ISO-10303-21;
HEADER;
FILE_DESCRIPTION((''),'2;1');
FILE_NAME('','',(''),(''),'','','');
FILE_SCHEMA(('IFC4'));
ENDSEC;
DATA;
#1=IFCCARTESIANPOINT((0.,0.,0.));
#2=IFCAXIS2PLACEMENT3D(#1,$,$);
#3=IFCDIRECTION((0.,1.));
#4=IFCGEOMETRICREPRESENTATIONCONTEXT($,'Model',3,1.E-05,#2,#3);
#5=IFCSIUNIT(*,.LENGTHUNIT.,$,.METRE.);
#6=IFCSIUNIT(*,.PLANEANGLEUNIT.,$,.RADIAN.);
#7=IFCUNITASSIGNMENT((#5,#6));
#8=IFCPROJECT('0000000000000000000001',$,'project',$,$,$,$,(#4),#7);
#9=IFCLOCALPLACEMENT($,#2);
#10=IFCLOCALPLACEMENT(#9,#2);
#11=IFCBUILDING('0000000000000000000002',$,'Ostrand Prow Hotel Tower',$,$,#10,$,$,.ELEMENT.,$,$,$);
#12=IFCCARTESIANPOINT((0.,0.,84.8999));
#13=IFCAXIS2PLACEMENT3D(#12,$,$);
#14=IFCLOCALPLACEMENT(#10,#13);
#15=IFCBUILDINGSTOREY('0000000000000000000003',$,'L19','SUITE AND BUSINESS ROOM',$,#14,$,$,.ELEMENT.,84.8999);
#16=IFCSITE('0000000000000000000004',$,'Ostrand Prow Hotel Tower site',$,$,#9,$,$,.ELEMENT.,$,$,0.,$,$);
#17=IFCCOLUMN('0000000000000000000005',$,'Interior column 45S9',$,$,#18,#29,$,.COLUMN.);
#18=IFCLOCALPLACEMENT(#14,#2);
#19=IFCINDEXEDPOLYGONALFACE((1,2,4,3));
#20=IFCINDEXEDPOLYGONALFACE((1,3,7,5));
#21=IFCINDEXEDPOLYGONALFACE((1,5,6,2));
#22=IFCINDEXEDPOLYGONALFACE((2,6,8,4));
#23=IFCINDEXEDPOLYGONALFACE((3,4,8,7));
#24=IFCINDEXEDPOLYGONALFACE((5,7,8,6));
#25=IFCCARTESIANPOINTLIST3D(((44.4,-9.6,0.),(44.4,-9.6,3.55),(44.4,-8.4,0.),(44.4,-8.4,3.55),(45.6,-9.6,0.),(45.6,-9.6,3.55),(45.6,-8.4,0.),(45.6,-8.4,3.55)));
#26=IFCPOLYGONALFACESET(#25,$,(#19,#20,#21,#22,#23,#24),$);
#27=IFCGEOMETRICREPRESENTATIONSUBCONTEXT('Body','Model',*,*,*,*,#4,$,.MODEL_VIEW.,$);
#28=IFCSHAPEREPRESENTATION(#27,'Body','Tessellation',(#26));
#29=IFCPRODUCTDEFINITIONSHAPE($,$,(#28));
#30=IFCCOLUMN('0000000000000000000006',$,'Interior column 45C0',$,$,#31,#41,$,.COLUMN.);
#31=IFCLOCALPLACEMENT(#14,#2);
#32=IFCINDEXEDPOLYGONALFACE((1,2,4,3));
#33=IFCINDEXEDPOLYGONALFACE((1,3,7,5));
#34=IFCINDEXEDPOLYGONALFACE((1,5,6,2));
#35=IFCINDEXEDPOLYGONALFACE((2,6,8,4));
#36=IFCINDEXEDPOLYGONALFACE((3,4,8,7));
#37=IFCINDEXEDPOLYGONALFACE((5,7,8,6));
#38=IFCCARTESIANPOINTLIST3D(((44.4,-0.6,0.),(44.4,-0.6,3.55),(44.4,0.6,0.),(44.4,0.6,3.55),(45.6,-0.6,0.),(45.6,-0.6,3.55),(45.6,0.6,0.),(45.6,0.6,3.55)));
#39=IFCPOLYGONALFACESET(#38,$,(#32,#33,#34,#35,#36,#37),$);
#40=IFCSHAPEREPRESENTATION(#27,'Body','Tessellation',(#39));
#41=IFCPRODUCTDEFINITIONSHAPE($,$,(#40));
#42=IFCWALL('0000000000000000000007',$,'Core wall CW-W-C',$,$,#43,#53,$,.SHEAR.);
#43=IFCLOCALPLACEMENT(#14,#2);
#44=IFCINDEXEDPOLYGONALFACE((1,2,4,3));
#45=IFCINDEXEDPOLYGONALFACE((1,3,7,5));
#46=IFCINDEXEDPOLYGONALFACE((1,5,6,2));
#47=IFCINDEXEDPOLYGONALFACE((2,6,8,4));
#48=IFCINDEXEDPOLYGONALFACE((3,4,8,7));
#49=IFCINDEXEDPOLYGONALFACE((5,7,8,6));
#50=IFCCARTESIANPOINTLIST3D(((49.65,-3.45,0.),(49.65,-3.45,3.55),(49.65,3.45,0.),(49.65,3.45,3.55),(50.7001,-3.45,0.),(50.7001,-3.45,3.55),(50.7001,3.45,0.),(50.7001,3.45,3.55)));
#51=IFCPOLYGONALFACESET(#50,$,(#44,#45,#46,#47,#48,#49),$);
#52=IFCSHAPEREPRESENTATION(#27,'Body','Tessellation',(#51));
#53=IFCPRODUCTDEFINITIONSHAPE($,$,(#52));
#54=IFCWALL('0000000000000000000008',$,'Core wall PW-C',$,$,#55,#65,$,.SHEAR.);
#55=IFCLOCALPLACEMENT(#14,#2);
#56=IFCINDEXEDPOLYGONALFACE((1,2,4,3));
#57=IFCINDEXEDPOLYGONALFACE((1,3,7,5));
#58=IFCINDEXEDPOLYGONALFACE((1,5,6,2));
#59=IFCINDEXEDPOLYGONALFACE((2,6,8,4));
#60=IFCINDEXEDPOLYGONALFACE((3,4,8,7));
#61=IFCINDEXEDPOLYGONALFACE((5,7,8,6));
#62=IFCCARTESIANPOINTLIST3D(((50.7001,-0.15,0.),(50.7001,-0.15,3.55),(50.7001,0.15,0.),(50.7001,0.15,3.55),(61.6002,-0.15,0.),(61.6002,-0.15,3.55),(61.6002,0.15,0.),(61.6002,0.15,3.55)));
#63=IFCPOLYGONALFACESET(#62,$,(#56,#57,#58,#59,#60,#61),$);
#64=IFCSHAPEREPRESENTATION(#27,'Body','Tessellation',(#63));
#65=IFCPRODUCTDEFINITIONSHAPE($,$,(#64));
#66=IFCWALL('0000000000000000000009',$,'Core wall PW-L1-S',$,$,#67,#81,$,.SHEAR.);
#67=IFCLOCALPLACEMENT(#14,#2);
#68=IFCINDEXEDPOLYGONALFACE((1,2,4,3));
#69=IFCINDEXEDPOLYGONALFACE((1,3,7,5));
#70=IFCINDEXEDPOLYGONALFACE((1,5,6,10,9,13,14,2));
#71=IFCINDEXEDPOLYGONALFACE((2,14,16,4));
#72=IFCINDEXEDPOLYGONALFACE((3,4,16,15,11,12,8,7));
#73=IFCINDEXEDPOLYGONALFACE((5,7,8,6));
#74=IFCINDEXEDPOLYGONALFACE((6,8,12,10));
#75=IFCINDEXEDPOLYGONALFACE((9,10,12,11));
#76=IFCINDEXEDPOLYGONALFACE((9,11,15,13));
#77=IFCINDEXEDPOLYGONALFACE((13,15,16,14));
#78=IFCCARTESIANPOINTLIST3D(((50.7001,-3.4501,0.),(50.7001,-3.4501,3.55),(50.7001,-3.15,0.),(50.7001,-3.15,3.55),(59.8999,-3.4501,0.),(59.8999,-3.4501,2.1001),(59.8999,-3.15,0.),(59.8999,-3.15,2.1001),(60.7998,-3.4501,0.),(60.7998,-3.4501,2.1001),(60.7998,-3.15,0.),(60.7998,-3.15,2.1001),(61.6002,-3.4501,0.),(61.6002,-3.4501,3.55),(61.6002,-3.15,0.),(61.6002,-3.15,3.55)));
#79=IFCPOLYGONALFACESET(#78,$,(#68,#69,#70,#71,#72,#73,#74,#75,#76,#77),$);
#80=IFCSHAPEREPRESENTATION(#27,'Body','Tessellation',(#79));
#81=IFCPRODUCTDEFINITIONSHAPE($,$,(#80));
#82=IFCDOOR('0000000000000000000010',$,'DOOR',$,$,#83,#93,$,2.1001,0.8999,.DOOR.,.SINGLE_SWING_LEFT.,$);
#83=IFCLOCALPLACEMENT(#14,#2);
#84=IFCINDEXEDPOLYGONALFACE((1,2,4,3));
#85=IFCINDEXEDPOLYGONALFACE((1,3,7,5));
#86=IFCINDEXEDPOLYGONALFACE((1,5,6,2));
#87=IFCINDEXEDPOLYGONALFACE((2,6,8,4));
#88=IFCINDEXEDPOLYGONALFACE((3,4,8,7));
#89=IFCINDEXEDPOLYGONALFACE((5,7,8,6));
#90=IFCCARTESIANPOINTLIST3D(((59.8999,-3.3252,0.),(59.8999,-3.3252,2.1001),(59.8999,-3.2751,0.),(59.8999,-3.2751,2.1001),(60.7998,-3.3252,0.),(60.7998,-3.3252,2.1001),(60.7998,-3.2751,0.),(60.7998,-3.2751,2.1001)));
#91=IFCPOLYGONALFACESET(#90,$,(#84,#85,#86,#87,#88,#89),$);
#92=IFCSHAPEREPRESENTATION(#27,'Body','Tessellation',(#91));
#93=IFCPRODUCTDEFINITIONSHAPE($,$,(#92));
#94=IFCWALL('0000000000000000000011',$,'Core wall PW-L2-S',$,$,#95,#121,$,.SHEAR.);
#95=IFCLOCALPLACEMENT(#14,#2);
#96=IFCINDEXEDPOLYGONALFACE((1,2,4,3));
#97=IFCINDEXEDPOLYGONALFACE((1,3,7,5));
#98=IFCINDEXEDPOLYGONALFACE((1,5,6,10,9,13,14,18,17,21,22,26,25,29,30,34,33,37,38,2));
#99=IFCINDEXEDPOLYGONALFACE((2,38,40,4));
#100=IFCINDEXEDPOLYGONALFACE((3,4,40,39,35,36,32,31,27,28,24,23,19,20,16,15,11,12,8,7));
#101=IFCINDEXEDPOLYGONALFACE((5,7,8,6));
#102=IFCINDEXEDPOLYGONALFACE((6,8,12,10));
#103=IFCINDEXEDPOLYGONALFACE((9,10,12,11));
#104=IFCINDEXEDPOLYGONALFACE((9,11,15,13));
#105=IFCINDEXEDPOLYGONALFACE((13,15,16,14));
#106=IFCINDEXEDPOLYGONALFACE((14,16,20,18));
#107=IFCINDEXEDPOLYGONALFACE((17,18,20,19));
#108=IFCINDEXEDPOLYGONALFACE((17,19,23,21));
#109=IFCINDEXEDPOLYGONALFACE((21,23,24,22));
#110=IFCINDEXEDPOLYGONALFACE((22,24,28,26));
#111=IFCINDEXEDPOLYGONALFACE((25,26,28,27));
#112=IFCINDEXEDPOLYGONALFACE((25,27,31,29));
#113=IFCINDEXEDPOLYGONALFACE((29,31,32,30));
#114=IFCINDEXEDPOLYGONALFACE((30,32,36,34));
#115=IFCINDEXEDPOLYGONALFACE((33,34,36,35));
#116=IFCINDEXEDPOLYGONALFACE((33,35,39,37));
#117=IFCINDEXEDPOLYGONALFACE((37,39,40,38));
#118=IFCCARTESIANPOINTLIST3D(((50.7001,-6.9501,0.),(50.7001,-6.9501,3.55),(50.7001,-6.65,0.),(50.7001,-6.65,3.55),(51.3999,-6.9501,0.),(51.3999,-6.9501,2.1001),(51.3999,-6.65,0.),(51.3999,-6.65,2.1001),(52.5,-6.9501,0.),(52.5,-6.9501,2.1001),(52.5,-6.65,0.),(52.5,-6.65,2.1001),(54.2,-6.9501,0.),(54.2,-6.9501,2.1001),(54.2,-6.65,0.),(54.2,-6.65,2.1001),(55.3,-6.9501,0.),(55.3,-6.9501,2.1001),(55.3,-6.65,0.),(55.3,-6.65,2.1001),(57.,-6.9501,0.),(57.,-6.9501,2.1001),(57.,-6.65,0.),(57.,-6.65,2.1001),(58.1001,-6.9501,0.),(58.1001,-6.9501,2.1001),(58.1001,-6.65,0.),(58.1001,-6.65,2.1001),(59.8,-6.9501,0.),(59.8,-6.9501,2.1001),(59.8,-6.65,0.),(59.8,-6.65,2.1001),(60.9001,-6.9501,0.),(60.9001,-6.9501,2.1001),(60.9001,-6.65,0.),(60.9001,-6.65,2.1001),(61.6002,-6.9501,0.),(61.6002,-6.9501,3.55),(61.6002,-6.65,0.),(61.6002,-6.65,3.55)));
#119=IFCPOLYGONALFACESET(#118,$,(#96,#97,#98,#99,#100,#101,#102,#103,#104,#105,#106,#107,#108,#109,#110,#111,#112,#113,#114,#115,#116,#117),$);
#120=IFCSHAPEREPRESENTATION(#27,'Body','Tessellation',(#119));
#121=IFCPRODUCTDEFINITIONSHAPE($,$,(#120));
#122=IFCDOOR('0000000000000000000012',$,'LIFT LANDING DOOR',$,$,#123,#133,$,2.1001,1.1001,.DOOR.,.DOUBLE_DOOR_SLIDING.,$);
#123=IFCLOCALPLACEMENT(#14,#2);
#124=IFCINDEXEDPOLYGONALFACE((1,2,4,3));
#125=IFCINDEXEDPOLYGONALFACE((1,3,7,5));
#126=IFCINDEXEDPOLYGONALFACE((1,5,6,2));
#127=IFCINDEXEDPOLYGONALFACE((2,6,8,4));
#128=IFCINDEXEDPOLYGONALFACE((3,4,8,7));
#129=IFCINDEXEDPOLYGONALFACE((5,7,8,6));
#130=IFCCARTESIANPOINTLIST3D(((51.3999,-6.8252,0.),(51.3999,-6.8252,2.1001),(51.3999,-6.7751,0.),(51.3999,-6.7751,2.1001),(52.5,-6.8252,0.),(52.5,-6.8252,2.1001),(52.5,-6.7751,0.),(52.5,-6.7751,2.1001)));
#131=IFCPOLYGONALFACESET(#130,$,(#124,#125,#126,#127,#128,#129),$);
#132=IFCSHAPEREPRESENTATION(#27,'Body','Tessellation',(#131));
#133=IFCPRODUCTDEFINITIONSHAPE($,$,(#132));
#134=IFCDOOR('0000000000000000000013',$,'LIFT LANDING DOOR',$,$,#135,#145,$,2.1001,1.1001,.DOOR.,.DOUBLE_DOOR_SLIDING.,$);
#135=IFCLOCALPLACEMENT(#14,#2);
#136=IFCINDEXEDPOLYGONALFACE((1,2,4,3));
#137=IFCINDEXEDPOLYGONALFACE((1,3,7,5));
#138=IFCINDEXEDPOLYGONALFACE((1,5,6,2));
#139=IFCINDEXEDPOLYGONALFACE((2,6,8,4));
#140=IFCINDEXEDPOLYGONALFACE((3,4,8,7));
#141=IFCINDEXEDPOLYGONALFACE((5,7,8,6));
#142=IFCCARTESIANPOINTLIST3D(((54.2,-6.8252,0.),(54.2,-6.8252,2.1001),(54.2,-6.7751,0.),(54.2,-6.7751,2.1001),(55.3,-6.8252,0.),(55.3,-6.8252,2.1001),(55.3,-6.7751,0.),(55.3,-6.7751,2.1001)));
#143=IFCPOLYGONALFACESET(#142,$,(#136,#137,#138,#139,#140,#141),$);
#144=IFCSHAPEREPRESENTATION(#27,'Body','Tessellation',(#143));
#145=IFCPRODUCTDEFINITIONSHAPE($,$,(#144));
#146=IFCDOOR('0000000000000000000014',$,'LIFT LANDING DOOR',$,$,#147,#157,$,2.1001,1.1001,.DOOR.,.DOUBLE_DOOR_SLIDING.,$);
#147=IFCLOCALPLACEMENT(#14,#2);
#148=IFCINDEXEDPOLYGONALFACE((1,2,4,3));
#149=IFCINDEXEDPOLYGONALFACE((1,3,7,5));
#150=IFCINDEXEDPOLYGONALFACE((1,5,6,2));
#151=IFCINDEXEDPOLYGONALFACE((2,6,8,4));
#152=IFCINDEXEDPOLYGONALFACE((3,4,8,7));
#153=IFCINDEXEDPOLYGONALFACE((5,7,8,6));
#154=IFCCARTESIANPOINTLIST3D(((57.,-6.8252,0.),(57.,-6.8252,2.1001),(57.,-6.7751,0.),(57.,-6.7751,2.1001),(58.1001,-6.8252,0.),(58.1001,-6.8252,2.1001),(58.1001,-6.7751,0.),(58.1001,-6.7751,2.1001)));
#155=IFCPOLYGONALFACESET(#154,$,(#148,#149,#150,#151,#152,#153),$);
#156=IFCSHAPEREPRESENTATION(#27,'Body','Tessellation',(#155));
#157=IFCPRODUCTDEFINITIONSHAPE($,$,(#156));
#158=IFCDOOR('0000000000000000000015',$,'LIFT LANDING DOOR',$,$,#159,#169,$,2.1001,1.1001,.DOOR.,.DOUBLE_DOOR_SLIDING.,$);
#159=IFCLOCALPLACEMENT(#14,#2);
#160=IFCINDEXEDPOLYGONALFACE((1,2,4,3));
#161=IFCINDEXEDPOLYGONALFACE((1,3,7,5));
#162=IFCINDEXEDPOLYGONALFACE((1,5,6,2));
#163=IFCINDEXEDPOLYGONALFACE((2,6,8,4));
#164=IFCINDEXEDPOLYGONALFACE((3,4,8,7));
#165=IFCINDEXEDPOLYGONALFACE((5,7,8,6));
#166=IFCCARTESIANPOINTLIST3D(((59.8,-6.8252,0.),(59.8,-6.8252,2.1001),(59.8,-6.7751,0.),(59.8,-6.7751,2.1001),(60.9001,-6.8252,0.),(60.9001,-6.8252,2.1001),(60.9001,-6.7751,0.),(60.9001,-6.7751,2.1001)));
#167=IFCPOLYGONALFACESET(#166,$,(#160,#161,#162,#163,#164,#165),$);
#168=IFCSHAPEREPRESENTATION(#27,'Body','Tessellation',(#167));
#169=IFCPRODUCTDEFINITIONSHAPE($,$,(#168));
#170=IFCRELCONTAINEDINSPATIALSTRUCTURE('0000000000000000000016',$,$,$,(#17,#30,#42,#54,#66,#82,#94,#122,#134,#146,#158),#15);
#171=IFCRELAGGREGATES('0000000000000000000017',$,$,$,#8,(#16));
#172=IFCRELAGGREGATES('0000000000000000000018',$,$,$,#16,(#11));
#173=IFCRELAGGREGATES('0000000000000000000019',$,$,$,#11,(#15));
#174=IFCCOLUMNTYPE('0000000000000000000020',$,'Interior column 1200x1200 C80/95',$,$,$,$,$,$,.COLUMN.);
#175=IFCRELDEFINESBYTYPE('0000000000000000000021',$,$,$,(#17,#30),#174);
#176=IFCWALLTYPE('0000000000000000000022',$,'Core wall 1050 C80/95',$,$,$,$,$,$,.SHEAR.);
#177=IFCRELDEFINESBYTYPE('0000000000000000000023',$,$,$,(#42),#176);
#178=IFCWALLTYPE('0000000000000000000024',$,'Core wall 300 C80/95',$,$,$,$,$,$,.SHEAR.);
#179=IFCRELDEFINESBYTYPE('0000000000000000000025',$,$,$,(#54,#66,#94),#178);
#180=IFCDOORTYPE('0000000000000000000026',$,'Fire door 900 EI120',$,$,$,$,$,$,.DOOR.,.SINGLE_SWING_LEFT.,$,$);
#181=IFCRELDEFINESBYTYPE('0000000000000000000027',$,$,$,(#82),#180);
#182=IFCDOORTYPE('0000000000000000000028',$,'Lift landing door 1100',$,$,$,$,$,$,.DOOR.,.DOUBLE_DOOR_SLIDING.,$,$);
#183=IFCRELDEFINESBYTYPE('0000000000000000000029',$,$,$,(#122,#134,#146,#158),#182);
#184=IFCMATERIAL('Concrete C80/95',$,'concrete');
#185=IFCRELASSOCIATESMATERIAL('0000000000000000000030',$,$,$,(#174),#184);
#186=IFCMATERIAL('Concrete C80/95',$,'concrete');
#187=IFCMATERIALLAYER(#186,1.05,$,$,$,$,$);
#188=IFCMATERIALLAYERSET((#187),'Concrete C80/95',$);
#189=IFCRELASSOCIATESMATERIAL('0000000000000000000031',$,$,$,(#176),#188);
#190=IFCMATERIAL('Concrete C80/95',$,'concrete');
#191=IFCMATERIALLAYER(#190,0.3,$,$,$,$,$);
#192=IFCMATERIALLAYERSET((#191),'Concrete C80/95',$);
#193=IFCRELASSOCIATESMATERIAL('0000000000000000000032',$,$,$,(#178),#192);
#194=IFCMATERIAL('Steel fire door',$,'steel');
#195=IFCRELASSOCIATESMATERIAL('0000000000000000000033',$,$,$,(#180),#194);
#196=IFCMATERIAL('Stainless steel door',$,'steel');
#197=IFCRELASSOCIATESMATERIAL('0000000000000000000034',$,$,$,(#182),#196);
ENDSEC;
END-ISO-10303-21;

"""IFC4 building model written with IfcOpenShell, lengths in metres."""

from ifc_helpers import new_model, si_unit, direction, frame, frame_2d, origin, origin_2d, place, context, subcontext, project, spatial, rectangle, extrude, material, layer, layer_set, material_profile, profile_set, type_object, element, fill, save


model = new_model("IFC4")

# Units and contexts
model_context = context("Model", 3, precision=1e-05, world=origin(), true_north=direction((0.0, 1.0)))
body_context = subcontext(model_context, "Body", "Model", "MODEL_VIEW")
ifc_project = project(units=[si_unit("LENGTHUNIT", "METRE"), si_unit("PLANEANGLEUNIT", "RADIAN")], contexts=[model_context])

# Site, building, storey
site_placement = place(None, origin())
site = spatial("IfcSite", under=ifc_project, at=site_placement, Name="Ostrand Prow Hotel Tower site", CompositionType="ELEMENT", RefElevation=0.0)
building_placement = place(site_placement, origin())
building = spatial("IfcBuilding", under=site, at=building_placement, Name="Ostrand Prow Hotel Tower", CompositionType="ELEMENT")
storey_placement = place(building_placement, frame((0.0, 0.0, 84.8999)))
storey = spatial("IfcBuildingStorey", under=building, at=storey_placement, Name="L19", Description="SUITE AND BUSINESS ROOM", CompositionType="ELEMENT", Elevation=84.8999)

# Columns
ifc_material_1 = material(Name="Concrete C80/95", Category="concrete")
ifc_material_profile = material_profile(ifc_material_1, rectangle(XDim=1.2, YDim=1.2, at=origin_2d()), Name="RC 1200x1200")
ifc_profile_set = profile_set([ifc_material_profile], Name="Concrete C80/95")
column_type = type_object("IfcColumnType", Name="Interior column 1200x1200 C80/95", PredefinedType="COLUMN", material=ifc_profile_set)
for number, where, z_axis, x_axis, name in (
    (1, (45.0, -9.0, 0.0), (0.0, 0.0, 1.0), (1.0, 0.0, 0.0), "Interior column 45S9"),
    (2, (45.0, 0.0, 0.0), (0.0, 0.0, 1.0), (1.0, 0.0, 0.0), "Interior column 45C0"),
):
    element("IfcColumn", number, at=place(storey_placement, frame(where, z_axis=z_axis, x_axis=x_axis)), inside=storey, type_object=column_type, Name=name, PredefinedType="COLUMN", context=body_context, shape_type="SweptSolid", body=[
        extrude(rectangle(XDim=1.2, YDim=1.2, at=origin_2d()), origin(), (0.0, 0.0, 1.0), 3.55),
    ])

# Walls
ifc_material_2 = material(Name="Concrete C80/95", Category="concrete")
ifc_layer_1 = layer(ifc_material_2, 1.05)
ifc_layer_set_1 = layer_set([ifc_layer_1], Name="Concrete C80/95")
wall_type_1 = type_object("IfcWallType", Name="Core wall 1050 C80/95", PredefinedType="SHEAR", material=ifc_layer_set_1)
wall_1_placement = place(storey_placement, frame((50.175, -3.45, 0.0), z_axis=(0.0, 0.0, 1.0), x_axis=(0.0, 1.0, 0.0)))
element("IfcWall", 3, at=wall_1_placement, inside=storey, type_object=wall_type_1, Name="Core wall CW-W-C", PredefinedType="SHEAR", context=body_context, shape_type="SweptSolid", body=[
    extrude(rectangle(XDim=6.8999, YDim=1.05, at=frame_2d((3.45, 0.0))), origin(), (0.0, 0.0, 1.0), 3.55),
])
ifc_material_3 = material(Name="Concrete C80/95", Category="concrete")
ifc_layer_2 = layer(ifc_material_3, 0.3)
ifc_layer_set_2 = layer_set([ifc_layer_2], Name="Concrete C80/95")
wall_type_2 = type_object("IfcWallType", Name="Core wall 300 C80/95", PredefinedType="SHEAR", material=ifc_layer_set_2)
wall_2_placement = place(storey_placement, frame((50.7, 0.0, 0.0), z_axis=(0.0, 0.0, 1.0), x_axis=(1.0, 0.0, 0.0)))
element("IfcWall", 4, at=wall_2_placement, inside=storey, type_object=wall_type_2, Name="Core wall PW-C", PredefinedType="SHEAR", context=body_context, shape_type="SweptSolid", body=[
    extrude(rectangle(XDim=10.9001, YDim=0.3, at=frame_2d((5.4502, 0.0))), origin(), (0.0, 0.0, 1.0), 3.55),
])

# Wall, opening, door
wall_3_placement = place(storey_placement, frame((50.7, -3.3, 0.0), z_axis=(0.0, 0.0, 1.0), x_axis=(1.0, 0.0, 0.0)))
wall_3 = element("IfcWall", 5, at=wall_3_placement, inside=storey, type_object=wall_type_2, Name="Core wall PW-L1-S", PredefinedType="SHEAR", context=body_context, shape_type="SweptSolid", body=[
    extrude(rectangle(XDim=10.9001, YDim=0.3, at=frame_2d((5.4502, 0.0))), origin(), (0.0, 0.0, 1.0), 3.55),
])
opening_1_placement = place(wall_3_placement, frame((9.2, 0.0, 0.0)))
opening_1 = element("IfcOpeningElement", 6, at=opening_1_placement, cuts=wall_3, PredefinedType="OPENING", context=body_context, shape_type="SweptSolid", body=[
    extrude(rectangle(XDim=0.8999, YDim=2.1001, at=frame_2d((0.45, 1.05))), frame((0.0, 0.1599, 0.0), z_axis=(0.0, -1.0, 0.0), x_axis=(1.0, 0.0, 0.0)), (0.0, 0.0, 1.0), 0.3201),
])
ifc_material_4 = material(Name="Steel fire door", Category="steel")
door_type_1 = type_object("IfcDoorType", Name="Fire door 900 EI120", OperationType="SINGLE_SWING_LEFT", PredefinedType="DOOR", material=ifc_material_4)
door_1_placement = place(opening_1_placement, origin())
door_1 = element("IfcDoor", 7, at=door_1_placement, inside=storey, type_object=door_type_1, Name="DOOR", OperationType="SINGLE_SWING_LEFT", OverallHeight=2.1001, OverallWidth=0.8999, PredefinedType="DOOR", context=body_context, shape_type="SweptSolid", body=[
    extrude(rectangle(XDim=0.8999, YDim=2.1001, at=frame_2d((0.45, 1.05))), frame((0.0, 0.0249, 0.0), z_axis=(0.0, -1.0, 0.0), x_axis=(1.0, 0.0, 0.0)), (0.0, 0.0, 1.0), 0.05),
])
fill(opening_1, door_1)

# Wall, openings, doors
wall_4_placement = place(storey_placement, frame((50.7, -6.8, 0.0), z_axis=(0.0, 0.0, 1.0), x_axis=(1.0, 0.0, 0.0)))
wall_4 = element("IfcWall", 8, at=wall_4_placement, inside=storey, type_object=wall_type_2, Name="Core wall PW-L2-S", PredefinedType="SHEAR", context=body_context, shape_type="SweptSolid", body=[
    extrude(rectangle(XDim=10.9001, YDim=0.3, at=frame_2d((5.4502, 0.0))), origin(), (0.0, 0.0, 1.0), 3.55),
])
opening_2_placement = place(wall_4_placement, frame((0.7, 0.0, 0.0)))
opening_2 = element("IfcOpeningElement", 9, at=opening_2_placement, cuts=wall_4, PredefinedType="OPENING", context=body_context, shape_type="SweptSolid", body=[
    extrude(rectangle(XDim=1.1001, YDim=2.1001, at=frame_2d((0.55, 1.05))), frame((0.0, 0.1599, 0.0), z_axis=(0.0, -1.0, 0.0), x_axis=(1.0, 0.0, 0.0)), (0.0, 0.0, 1.0), 0.3201),
])
opening_3_placement = place(wall_4_placement, frame((3.5, 0.0, 0.0)))
opening_3 = element("IfcOpeningElement", 10, at=opening_3_placement, cuts=wall_4, PredefinedType="OPENING", context=body_context, shape_type="SweptSolid", body=[
    extrude(rectangle(XDim=1.1001, YDim=2.1001, at=frame_2d((0.55, 1.05))), frame((0.0, 0.1599, 0.0), z_axis=(0.0, -1.0, 0.0), x_axis=(1.0, 0.0, 0.0)), (0.0, 0.0, 1.0), 0.3201),
])
opening_4_placement = place(wall_4_placement, frame((6.3, 0.0, 0.0)))
opening_4 = element("IfcOpeningElement", 11, at=opening_4_placement, cuts=wall_4, PredefinedType="OPENING", context=body_context, shape_type="SweptSolid", body=[
    extrude(rectangle(XDim=1.1001, YDim=2.1001, at=frame_2d((0.55, 1.05))), frame((0.0, 0.1599, 0.0), z_axis=(0.0, -1.0, 0.0), x_axis=(1.0, 0.0, 0.0)), (0.0, 0.0, 1.0), 0.3201),
])
opening_5_placement = place(wall_4_placement, frame((9.1001, 0.0, 0.0)))
opening_5 = element("IfcOpeningElement", 12, at=opening_5_placement, cuts=wall_4, PredefinedType="OPENING", context=body_context, shape_type="SweptSolid", body=[
    extrude(rectangle(XDim=1.1001, YDim=2.1001, at=frame_2d((0.55, 1.05))), frame((0.0, 0.1599, 0.0), z_axis=(0.0, -1.0, 0.0), x_axis=(1.0, 0.0, 0.0)), (0.0, 0.0, 1.0), 0.3201),
])
ifc_material_5 = material(Name="Stainless steel door", Category="steel")
door_type_2 = type_object("IfcDoorType", Name="Lift landing door 1100", OperationType="DOUBLE_DOOR_SLIDING", PredefinedType="DOOR", material=ifc_material_5)
door_2_placement = place(opening_2_placement, origin())
door_2 = element("IfcDoor", 13, at=door_2_placement, inside=storey, type_object=door_type_2, Name="LIFT LANDING DOOR", OperationType="DOUBLE_DOOR_SLIDING", OverallHeight=2.1001, OverallWidth=1.1001, PredefinedType="DOOR", context=body_context, shape_type="SweptSolid", body=[
    extrude(rectangle(XDim=1.1001, YDim=2.1001, at=frame_2d((0.55, 1.05))), frame((0.0, 0.0249, 0.0), z_axis=(0.0, -1.0, 0.0), x_axis=(1.0, 0.0, 0.0)), (0.0, 0.0, 1.0), 0.05),
])
fill(opening_2, door_2)
door_3_placement = place(opening_3_placement, origin())
door_3 = element("IfcDoor", 14, at=door_3_placement, inside=storey, type_object=door_type_2, Name="LIFT LANDING DOOR", OperationType="DOUBLE_DOOR_SLIDING", OverallHeight=2.1001, OverallWidth=1.1001, PredefinedType="DOOR", context=body_context, shape_type="SweptSolid", body=[
    extrude(rectangle(XDim=1.1001, YDim=2.1001, at=frame_2d((0.55, 1.05))), frame((0.0, 0.0249, 0.0), z_axis=(0.0, -1.0, 0.0), x_axis=(1.0, 0.0, 0.0)), (0.0, 0.0, 1.0), 0.05),
])
fill(opening_3, door_3)
door_4_placement = place(opening_4_placement, origin())
door_4 = element("IfcDoor", 15, at=door_4_placement, inside=storey, type_object=door_type_2, Name="LIFT LANDING DOOR", OperationType="DOUBLE_DOOR_SLIDING", OverallHeight=2.1001, OverallWidth=1.1001, PredefinedType="DOOR", context=body_context, shape_type="SweptSolid", body=[
    extrude(rectangle(XDim=1.1001, YDim=2.1001, at=frame_2d((0.55, 1.05))), frame((0.0, 0.0249, 0.0), z_axis=(0.0, -1.0, 0.0), x_axis=(1.0, 0.0, 0.0)), (0.0, 0.0, 1.0), 0.05),
])
fill(opening_4, door_4)
door_5_placement = place(opening_5_placement, origin())
door_5 = element("IfcDoor", 16, at=door_5_placement, inside=storey, type_object=door_type_2, Name="LIFT LANDING DOOR", OperationType="DOUBLE_DOOR_SLIDING", OverallHeight=2.1001, OverallWidth=1.1001, PredefinedType="DOOR", context=body_context, shape_type="SweptSolid", body=[
    extrude(rectangle(XDim=1.1001, YDim=2.1001, at=frame_2d((0.55, 1.05))), frame((0.0, 0.0249, 0.0), z_axis=(0.0, -1.0, 0.0), x_axis=(1.0, 0.0, 0.0)), (0.0, 0.0, 1.0), 0.05),
])
fill(opening_5, door_5)

save(model, "model.ifc")
